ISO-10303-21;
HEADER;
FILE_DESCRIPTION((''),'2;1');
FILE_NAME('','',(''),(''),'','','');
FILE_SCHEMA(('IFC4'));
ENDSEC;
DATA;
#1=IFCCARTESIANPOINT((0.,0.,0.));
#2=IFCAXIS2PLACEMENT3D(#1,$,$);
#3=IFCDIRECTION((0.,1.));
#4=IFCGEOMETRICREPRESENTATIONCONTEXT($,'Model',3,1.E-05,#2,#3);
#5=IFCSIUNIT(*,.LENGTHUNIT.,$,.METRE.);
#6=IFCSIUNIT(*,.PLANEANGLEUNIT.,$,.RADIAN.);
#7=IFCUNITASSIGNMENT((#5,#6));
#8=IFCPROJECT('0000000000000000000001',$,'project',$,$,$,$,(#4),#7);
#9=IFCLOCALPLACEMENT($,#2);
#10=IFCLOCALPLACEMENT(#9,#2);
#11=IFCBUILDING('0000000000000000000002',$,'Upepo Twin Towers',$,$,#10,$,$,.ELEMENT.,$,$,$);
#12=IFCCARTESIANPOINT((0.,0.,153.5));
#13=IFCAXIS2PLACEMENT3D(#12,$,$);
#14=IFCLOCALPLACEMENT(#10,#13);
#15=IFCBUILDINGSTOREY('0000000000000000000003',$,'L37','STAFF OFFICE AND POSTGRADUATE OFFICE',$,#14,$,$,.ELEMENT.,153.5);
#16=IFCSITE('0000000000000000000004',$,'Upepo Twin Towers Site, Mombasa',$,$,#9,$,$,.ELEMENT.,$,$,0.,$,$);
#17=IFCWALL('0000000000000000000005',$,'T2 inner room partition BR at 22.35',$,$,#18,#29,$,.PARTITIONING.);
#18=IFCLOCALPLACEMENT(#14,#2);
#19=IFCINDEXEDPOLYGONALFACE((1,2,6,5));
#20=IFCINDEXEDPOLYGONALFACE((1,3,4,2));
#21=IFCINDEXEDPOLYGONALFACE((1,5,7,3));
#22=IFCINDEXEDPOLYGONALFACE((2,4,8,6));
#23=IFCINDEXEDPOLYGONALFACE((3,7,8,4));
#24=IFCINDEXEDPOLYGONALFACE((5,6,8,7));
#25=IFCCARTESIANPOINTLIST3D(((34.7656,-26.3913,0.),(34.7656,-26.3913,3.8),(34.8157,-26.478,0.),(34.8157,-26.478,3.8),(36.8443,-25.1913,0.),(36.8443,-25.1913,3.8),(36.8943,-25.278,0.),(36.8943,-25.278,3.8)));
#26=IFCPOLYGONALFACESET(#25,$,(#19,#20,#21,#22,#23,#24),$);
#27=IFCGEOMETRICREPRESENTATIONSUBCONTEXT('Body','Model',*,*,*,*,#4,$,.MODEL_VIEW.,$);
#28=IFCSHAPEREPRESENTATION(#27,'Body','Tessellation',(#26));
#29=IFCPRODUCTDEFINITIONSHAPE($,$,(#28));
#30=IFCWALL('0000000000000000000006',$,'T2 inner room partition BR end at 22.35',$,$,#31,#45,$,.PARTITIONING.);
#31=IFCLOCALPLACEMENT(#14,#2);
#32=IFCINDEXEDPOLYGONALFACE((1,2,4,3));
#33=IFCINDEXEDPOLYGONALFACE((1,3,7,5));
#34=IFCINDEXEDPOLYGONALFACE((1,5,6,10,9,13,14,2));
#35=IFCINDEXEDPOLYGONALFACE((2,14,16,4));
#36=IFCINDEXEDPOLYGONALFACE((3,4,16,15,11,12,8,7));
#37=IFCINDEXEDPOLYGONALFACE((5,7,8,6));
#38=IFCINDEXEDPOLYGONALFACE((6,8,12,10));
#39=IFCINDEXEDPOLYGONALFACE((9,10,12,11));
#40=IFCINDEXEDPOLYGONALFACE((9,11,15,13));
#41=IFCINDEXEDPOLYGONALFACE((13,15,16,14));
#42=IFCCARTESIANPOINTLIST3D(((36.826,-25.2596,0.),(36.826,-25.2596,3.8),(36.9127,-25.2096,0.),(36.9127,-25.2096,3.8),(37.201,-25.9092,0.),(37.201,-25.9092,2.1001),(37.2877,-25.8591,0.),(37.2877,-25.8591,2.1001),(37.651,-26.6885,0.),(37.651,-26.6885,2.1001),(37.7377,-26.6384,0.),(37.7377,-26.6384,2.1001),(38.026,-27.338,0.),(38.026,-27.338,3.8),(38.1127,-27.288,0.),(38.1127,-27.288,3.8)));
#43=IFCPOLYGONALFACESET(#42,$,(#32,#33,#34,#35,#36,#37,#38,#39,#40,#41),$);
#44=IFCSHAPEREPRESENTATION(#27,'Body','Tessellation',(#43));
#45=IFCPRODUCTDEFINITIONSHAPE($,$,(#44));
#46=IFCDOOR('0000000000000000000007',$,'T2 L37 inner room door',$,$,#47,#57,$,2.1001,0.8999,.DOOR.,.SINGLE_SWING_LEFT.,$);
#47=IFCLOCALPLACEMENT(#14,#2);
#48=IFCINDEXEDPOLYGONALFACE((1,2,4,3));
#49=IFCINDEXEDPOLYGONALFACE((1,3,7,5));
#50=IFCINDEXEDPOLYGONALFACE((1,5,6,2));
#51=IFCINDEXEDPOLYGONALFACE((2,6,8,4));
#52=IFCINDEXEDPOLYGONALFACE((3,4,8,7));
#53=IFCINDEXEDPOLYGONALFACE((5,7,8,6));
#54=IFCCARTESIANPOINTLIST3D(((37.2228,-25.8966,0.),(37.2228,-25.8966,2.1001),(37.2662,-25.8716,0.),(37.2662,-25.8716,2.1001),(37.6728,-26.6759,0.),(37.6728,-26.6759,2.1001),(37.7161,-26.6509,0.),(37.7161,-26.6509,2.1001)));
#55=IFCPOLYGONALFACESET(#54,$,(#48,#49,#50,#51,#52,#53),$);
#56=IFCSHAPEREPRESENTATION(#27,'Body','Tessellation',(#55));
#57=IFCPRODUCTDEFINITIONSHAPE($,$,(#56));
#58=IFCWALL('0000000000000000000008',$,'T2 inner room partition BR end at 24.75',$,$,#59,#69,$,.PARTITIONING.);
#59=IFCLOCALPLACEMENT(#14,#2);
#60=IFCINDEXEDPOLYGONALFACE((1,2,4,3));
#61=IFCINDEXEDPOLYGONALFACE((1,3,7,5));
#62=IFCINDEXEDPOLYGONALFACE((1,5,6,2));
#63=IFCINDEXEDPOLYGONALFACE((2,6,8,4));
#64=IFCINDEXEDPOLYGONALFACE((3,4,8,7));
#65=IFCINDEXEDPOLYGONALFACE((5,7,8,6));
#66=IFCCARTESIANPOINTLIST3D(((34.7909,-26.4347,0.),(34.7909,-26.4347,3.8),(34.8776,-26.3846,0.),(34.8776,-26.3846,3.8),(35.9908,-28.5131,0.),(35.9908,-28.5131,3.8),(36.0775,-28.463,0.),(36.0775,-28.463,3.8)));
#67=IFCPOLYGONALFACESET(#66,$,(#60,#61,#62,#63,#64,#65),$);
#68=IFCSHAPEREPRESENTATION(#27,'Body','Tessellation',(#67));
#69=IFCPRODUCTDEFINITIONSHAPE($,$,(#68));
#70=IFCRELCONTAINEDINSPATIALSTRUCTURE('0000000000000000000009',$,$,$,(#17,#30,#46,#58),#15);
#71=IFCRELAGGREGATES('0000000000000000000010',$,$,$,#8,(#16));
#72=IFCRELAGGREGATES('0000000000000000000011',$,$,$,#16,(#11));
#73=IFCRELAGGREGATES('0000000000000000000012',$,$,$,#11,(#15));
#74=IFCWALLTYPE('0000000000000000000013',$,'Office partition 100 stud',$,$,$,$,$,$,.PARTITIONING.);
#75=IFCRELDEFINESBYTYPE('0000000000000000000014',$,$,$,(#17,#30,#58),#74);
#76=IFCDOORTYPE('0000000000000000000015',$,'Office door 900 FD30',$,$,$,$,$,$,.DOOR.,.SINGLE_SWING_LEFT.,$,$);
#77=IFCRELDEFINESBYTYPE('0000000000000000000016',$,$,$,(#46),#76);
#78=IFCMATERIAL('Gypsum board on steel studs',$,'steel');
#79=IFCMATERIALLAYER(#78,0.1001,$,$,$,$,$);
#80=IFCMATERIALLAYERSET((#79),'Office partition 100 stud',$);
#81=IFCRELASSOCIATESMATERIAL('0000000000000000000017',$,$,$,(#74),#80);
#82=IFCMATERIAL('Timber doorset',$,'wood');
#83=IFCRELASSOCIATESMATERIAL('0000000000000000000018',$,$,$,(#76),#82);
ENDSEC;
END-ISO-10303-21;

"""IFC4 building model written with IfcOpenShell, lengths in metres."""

from ifc_helpers import new_model, si_unit, direction, frame, frame_2d, origin, place, context, subcontext, project, spatial, rectangle, extrude, material, layer, layer_set, type_object, element, fill, save


model = new_model("IFC4")

# Units and contexts
model_context = context("Model", 3, precision=1e-05, world=origin(), true_north=direction((0.0, 1.0)))
body_context = subcontext(model_context, "Body", "Model", "MODEL_VIEW")
ifc_project = project(units=[si_unit("LENGTHUNIT", "METRE"), si_unit("PLANEANGLEUNIT", "RADIAN")], contexts=[model_context])

# Site, building, storey
site_placement = place(None, origin())
site = spatial("IfcSite", under=ifc_project, at=site_placement, Name="Upepo Twin Towers Site, Mombasa", CompositionType="ELEMENT", RefElevation=0.0)
building_placement = place(site_placement, origin())
building = spatial("IfcBuilding", under=site, at=building_placement, Name="Upepo Twin Towers", CompositionType="ELEMENT")
storey_placement = place(building_placement, frame((0.0, 0.0, 153.5)))
storey = spatial("IfcBuildingStorey", under=building, at=storey_placement, Name="L37", Description="STAFF OFFICE AND POSTGRADUATE OFFICE", CompositionType="ELEMENT", Elevation=153.5)

# Shared definitions
ifc_material_1 = material(Name="Gypsum board on steel studs", Category="steel")
ifc_layer_1 = layer(ifc_material_1, 0.1001)
ifc_layer_set_1 = layer_set([ifc_layer_1], Name="Office partition 100 stud")
wall_type_1 = type_object("IfcWallType", Name="Office partition 100 stud", PredefinedType="PARTITIONING", material=ifc_layer_set_1)
ifc_material_2 = material(Name="Timber doorset", Category="wood")
door_type = type_object("IfcDoorType", Name="Office door 900 FD30", OperationType="SINGLE_SWING_LEFT", PredefinedType="DOOR", material=ifc_material_2)

# Wall
wall_1_placement = place(storey_placement, frame((36.8694, -25.2346, 0.0), z_axis=(0.0, 0.0, 1.0), x_axis=(-0.86605, -0.499957, 0.0)))
element("IfcWall", 1, at=wall_1_placement, inside=storey, type_object=wall_type_1, Name="T2 inner room partition BR at 22.35", PredefinedType="PARTITIONING", context=body_context, shape_type="SweptSolid", body=[
    extrude(rectangle(XDim=2.4001, YDim=0.1001, at=frame_2d((1.2002, 0.0))), origin(), (0.0, 0.0, 1.0), 3.8),
])

# Wall, opening, door
wall_2_placement = place(storey_placement, frame((38.0693, -27.313, 0.0), z_axis=(0.0, 0.0, 1.0), x_axis=(-0.500001, 0.866025, 0.0)))
wall_2 = element("IfcWall", 2, at=wall_2_placement, inside=storey, type_object=wall_type_1, Name="T2 inner room partition BR end at 22.35", PredefinedType="PARTITIONING", context=body_context, shape_type="SweptSolid", body=[
    extrude(rectangle(XDim=2.3999, YDim=0.1001, at=frame_2d((1.2, 0.0))), origin(), (0.0, 0.0, 1.0), 3.8),
])
opening_1_placement = place(wall_2_placement, frame((0.75, 0.0, 0.0)))
opening_1 = element("IfcOpeningElement", 3, at=opening_1_placement, cuts=wall_2, PredefinedType="OPENING", context=body_context, shape_type="SweptSolid", body=[
    extrude(rectangle(XDim=0.8999, YDim=2.1001, at=frame_2d((0.45, 1.05))), frame((0.0, 0.0601, 0.0), z_axis=(0.0, -1.0, 0.0), x_axis=(1.0, 0.0, 0.0)), (0.0, 0.0, 1.0), 0.1201),
])
door_1_placement = place(opening_1_placement, origin())
door_1 = element("IfcDoor", 4, at=door_1_placement, inside=storey, type_object=door_type, Name="T2 L37 inner room door", OperationType="SINGLE_SWING_LEFT", OverallHeight=2.1001, OverallWidth=0.8999, PredefinedType="DOOR", context=body_context, shape_type="SweptSolid", body=[
    extrude(rectangle(XDim=0.8999, YDim=2.1001, at=frame_2d((0.45, 1.05))), frame((0.0, 0.0249, 0.0), z_axis=(0.0, -1.0, 0.0), x_axis=(1.0, 0.0, 0.0)), (0.0, 0.0, 1.0), 0.05),
])
fill(opening_1, door_1)

# Wall
wall_3_placement = place(storey_placement, frame((36.0342, -28.488, 0.0), z_axis=(0.0, 0.0, 1.0), x_axis=(-0.500001, 0.866025, 0.0)))
element("IfcWall", 5, at=wall_3_placement, inside=storey, type_object=wall_type_1, Name="T2 inner room partition BR end at 24.75", PredefinedType="PARTITIONING", context=body_context, shape_type="SweptSolid", body=[
    extrude(rectangle(XDim=2.3999, YDim=0.1001, at=frame_2d((1.2, 0.0))), origin(), (0.0, 0.0, 1.0), 3.8),
])

save(model, "model.ifc")
